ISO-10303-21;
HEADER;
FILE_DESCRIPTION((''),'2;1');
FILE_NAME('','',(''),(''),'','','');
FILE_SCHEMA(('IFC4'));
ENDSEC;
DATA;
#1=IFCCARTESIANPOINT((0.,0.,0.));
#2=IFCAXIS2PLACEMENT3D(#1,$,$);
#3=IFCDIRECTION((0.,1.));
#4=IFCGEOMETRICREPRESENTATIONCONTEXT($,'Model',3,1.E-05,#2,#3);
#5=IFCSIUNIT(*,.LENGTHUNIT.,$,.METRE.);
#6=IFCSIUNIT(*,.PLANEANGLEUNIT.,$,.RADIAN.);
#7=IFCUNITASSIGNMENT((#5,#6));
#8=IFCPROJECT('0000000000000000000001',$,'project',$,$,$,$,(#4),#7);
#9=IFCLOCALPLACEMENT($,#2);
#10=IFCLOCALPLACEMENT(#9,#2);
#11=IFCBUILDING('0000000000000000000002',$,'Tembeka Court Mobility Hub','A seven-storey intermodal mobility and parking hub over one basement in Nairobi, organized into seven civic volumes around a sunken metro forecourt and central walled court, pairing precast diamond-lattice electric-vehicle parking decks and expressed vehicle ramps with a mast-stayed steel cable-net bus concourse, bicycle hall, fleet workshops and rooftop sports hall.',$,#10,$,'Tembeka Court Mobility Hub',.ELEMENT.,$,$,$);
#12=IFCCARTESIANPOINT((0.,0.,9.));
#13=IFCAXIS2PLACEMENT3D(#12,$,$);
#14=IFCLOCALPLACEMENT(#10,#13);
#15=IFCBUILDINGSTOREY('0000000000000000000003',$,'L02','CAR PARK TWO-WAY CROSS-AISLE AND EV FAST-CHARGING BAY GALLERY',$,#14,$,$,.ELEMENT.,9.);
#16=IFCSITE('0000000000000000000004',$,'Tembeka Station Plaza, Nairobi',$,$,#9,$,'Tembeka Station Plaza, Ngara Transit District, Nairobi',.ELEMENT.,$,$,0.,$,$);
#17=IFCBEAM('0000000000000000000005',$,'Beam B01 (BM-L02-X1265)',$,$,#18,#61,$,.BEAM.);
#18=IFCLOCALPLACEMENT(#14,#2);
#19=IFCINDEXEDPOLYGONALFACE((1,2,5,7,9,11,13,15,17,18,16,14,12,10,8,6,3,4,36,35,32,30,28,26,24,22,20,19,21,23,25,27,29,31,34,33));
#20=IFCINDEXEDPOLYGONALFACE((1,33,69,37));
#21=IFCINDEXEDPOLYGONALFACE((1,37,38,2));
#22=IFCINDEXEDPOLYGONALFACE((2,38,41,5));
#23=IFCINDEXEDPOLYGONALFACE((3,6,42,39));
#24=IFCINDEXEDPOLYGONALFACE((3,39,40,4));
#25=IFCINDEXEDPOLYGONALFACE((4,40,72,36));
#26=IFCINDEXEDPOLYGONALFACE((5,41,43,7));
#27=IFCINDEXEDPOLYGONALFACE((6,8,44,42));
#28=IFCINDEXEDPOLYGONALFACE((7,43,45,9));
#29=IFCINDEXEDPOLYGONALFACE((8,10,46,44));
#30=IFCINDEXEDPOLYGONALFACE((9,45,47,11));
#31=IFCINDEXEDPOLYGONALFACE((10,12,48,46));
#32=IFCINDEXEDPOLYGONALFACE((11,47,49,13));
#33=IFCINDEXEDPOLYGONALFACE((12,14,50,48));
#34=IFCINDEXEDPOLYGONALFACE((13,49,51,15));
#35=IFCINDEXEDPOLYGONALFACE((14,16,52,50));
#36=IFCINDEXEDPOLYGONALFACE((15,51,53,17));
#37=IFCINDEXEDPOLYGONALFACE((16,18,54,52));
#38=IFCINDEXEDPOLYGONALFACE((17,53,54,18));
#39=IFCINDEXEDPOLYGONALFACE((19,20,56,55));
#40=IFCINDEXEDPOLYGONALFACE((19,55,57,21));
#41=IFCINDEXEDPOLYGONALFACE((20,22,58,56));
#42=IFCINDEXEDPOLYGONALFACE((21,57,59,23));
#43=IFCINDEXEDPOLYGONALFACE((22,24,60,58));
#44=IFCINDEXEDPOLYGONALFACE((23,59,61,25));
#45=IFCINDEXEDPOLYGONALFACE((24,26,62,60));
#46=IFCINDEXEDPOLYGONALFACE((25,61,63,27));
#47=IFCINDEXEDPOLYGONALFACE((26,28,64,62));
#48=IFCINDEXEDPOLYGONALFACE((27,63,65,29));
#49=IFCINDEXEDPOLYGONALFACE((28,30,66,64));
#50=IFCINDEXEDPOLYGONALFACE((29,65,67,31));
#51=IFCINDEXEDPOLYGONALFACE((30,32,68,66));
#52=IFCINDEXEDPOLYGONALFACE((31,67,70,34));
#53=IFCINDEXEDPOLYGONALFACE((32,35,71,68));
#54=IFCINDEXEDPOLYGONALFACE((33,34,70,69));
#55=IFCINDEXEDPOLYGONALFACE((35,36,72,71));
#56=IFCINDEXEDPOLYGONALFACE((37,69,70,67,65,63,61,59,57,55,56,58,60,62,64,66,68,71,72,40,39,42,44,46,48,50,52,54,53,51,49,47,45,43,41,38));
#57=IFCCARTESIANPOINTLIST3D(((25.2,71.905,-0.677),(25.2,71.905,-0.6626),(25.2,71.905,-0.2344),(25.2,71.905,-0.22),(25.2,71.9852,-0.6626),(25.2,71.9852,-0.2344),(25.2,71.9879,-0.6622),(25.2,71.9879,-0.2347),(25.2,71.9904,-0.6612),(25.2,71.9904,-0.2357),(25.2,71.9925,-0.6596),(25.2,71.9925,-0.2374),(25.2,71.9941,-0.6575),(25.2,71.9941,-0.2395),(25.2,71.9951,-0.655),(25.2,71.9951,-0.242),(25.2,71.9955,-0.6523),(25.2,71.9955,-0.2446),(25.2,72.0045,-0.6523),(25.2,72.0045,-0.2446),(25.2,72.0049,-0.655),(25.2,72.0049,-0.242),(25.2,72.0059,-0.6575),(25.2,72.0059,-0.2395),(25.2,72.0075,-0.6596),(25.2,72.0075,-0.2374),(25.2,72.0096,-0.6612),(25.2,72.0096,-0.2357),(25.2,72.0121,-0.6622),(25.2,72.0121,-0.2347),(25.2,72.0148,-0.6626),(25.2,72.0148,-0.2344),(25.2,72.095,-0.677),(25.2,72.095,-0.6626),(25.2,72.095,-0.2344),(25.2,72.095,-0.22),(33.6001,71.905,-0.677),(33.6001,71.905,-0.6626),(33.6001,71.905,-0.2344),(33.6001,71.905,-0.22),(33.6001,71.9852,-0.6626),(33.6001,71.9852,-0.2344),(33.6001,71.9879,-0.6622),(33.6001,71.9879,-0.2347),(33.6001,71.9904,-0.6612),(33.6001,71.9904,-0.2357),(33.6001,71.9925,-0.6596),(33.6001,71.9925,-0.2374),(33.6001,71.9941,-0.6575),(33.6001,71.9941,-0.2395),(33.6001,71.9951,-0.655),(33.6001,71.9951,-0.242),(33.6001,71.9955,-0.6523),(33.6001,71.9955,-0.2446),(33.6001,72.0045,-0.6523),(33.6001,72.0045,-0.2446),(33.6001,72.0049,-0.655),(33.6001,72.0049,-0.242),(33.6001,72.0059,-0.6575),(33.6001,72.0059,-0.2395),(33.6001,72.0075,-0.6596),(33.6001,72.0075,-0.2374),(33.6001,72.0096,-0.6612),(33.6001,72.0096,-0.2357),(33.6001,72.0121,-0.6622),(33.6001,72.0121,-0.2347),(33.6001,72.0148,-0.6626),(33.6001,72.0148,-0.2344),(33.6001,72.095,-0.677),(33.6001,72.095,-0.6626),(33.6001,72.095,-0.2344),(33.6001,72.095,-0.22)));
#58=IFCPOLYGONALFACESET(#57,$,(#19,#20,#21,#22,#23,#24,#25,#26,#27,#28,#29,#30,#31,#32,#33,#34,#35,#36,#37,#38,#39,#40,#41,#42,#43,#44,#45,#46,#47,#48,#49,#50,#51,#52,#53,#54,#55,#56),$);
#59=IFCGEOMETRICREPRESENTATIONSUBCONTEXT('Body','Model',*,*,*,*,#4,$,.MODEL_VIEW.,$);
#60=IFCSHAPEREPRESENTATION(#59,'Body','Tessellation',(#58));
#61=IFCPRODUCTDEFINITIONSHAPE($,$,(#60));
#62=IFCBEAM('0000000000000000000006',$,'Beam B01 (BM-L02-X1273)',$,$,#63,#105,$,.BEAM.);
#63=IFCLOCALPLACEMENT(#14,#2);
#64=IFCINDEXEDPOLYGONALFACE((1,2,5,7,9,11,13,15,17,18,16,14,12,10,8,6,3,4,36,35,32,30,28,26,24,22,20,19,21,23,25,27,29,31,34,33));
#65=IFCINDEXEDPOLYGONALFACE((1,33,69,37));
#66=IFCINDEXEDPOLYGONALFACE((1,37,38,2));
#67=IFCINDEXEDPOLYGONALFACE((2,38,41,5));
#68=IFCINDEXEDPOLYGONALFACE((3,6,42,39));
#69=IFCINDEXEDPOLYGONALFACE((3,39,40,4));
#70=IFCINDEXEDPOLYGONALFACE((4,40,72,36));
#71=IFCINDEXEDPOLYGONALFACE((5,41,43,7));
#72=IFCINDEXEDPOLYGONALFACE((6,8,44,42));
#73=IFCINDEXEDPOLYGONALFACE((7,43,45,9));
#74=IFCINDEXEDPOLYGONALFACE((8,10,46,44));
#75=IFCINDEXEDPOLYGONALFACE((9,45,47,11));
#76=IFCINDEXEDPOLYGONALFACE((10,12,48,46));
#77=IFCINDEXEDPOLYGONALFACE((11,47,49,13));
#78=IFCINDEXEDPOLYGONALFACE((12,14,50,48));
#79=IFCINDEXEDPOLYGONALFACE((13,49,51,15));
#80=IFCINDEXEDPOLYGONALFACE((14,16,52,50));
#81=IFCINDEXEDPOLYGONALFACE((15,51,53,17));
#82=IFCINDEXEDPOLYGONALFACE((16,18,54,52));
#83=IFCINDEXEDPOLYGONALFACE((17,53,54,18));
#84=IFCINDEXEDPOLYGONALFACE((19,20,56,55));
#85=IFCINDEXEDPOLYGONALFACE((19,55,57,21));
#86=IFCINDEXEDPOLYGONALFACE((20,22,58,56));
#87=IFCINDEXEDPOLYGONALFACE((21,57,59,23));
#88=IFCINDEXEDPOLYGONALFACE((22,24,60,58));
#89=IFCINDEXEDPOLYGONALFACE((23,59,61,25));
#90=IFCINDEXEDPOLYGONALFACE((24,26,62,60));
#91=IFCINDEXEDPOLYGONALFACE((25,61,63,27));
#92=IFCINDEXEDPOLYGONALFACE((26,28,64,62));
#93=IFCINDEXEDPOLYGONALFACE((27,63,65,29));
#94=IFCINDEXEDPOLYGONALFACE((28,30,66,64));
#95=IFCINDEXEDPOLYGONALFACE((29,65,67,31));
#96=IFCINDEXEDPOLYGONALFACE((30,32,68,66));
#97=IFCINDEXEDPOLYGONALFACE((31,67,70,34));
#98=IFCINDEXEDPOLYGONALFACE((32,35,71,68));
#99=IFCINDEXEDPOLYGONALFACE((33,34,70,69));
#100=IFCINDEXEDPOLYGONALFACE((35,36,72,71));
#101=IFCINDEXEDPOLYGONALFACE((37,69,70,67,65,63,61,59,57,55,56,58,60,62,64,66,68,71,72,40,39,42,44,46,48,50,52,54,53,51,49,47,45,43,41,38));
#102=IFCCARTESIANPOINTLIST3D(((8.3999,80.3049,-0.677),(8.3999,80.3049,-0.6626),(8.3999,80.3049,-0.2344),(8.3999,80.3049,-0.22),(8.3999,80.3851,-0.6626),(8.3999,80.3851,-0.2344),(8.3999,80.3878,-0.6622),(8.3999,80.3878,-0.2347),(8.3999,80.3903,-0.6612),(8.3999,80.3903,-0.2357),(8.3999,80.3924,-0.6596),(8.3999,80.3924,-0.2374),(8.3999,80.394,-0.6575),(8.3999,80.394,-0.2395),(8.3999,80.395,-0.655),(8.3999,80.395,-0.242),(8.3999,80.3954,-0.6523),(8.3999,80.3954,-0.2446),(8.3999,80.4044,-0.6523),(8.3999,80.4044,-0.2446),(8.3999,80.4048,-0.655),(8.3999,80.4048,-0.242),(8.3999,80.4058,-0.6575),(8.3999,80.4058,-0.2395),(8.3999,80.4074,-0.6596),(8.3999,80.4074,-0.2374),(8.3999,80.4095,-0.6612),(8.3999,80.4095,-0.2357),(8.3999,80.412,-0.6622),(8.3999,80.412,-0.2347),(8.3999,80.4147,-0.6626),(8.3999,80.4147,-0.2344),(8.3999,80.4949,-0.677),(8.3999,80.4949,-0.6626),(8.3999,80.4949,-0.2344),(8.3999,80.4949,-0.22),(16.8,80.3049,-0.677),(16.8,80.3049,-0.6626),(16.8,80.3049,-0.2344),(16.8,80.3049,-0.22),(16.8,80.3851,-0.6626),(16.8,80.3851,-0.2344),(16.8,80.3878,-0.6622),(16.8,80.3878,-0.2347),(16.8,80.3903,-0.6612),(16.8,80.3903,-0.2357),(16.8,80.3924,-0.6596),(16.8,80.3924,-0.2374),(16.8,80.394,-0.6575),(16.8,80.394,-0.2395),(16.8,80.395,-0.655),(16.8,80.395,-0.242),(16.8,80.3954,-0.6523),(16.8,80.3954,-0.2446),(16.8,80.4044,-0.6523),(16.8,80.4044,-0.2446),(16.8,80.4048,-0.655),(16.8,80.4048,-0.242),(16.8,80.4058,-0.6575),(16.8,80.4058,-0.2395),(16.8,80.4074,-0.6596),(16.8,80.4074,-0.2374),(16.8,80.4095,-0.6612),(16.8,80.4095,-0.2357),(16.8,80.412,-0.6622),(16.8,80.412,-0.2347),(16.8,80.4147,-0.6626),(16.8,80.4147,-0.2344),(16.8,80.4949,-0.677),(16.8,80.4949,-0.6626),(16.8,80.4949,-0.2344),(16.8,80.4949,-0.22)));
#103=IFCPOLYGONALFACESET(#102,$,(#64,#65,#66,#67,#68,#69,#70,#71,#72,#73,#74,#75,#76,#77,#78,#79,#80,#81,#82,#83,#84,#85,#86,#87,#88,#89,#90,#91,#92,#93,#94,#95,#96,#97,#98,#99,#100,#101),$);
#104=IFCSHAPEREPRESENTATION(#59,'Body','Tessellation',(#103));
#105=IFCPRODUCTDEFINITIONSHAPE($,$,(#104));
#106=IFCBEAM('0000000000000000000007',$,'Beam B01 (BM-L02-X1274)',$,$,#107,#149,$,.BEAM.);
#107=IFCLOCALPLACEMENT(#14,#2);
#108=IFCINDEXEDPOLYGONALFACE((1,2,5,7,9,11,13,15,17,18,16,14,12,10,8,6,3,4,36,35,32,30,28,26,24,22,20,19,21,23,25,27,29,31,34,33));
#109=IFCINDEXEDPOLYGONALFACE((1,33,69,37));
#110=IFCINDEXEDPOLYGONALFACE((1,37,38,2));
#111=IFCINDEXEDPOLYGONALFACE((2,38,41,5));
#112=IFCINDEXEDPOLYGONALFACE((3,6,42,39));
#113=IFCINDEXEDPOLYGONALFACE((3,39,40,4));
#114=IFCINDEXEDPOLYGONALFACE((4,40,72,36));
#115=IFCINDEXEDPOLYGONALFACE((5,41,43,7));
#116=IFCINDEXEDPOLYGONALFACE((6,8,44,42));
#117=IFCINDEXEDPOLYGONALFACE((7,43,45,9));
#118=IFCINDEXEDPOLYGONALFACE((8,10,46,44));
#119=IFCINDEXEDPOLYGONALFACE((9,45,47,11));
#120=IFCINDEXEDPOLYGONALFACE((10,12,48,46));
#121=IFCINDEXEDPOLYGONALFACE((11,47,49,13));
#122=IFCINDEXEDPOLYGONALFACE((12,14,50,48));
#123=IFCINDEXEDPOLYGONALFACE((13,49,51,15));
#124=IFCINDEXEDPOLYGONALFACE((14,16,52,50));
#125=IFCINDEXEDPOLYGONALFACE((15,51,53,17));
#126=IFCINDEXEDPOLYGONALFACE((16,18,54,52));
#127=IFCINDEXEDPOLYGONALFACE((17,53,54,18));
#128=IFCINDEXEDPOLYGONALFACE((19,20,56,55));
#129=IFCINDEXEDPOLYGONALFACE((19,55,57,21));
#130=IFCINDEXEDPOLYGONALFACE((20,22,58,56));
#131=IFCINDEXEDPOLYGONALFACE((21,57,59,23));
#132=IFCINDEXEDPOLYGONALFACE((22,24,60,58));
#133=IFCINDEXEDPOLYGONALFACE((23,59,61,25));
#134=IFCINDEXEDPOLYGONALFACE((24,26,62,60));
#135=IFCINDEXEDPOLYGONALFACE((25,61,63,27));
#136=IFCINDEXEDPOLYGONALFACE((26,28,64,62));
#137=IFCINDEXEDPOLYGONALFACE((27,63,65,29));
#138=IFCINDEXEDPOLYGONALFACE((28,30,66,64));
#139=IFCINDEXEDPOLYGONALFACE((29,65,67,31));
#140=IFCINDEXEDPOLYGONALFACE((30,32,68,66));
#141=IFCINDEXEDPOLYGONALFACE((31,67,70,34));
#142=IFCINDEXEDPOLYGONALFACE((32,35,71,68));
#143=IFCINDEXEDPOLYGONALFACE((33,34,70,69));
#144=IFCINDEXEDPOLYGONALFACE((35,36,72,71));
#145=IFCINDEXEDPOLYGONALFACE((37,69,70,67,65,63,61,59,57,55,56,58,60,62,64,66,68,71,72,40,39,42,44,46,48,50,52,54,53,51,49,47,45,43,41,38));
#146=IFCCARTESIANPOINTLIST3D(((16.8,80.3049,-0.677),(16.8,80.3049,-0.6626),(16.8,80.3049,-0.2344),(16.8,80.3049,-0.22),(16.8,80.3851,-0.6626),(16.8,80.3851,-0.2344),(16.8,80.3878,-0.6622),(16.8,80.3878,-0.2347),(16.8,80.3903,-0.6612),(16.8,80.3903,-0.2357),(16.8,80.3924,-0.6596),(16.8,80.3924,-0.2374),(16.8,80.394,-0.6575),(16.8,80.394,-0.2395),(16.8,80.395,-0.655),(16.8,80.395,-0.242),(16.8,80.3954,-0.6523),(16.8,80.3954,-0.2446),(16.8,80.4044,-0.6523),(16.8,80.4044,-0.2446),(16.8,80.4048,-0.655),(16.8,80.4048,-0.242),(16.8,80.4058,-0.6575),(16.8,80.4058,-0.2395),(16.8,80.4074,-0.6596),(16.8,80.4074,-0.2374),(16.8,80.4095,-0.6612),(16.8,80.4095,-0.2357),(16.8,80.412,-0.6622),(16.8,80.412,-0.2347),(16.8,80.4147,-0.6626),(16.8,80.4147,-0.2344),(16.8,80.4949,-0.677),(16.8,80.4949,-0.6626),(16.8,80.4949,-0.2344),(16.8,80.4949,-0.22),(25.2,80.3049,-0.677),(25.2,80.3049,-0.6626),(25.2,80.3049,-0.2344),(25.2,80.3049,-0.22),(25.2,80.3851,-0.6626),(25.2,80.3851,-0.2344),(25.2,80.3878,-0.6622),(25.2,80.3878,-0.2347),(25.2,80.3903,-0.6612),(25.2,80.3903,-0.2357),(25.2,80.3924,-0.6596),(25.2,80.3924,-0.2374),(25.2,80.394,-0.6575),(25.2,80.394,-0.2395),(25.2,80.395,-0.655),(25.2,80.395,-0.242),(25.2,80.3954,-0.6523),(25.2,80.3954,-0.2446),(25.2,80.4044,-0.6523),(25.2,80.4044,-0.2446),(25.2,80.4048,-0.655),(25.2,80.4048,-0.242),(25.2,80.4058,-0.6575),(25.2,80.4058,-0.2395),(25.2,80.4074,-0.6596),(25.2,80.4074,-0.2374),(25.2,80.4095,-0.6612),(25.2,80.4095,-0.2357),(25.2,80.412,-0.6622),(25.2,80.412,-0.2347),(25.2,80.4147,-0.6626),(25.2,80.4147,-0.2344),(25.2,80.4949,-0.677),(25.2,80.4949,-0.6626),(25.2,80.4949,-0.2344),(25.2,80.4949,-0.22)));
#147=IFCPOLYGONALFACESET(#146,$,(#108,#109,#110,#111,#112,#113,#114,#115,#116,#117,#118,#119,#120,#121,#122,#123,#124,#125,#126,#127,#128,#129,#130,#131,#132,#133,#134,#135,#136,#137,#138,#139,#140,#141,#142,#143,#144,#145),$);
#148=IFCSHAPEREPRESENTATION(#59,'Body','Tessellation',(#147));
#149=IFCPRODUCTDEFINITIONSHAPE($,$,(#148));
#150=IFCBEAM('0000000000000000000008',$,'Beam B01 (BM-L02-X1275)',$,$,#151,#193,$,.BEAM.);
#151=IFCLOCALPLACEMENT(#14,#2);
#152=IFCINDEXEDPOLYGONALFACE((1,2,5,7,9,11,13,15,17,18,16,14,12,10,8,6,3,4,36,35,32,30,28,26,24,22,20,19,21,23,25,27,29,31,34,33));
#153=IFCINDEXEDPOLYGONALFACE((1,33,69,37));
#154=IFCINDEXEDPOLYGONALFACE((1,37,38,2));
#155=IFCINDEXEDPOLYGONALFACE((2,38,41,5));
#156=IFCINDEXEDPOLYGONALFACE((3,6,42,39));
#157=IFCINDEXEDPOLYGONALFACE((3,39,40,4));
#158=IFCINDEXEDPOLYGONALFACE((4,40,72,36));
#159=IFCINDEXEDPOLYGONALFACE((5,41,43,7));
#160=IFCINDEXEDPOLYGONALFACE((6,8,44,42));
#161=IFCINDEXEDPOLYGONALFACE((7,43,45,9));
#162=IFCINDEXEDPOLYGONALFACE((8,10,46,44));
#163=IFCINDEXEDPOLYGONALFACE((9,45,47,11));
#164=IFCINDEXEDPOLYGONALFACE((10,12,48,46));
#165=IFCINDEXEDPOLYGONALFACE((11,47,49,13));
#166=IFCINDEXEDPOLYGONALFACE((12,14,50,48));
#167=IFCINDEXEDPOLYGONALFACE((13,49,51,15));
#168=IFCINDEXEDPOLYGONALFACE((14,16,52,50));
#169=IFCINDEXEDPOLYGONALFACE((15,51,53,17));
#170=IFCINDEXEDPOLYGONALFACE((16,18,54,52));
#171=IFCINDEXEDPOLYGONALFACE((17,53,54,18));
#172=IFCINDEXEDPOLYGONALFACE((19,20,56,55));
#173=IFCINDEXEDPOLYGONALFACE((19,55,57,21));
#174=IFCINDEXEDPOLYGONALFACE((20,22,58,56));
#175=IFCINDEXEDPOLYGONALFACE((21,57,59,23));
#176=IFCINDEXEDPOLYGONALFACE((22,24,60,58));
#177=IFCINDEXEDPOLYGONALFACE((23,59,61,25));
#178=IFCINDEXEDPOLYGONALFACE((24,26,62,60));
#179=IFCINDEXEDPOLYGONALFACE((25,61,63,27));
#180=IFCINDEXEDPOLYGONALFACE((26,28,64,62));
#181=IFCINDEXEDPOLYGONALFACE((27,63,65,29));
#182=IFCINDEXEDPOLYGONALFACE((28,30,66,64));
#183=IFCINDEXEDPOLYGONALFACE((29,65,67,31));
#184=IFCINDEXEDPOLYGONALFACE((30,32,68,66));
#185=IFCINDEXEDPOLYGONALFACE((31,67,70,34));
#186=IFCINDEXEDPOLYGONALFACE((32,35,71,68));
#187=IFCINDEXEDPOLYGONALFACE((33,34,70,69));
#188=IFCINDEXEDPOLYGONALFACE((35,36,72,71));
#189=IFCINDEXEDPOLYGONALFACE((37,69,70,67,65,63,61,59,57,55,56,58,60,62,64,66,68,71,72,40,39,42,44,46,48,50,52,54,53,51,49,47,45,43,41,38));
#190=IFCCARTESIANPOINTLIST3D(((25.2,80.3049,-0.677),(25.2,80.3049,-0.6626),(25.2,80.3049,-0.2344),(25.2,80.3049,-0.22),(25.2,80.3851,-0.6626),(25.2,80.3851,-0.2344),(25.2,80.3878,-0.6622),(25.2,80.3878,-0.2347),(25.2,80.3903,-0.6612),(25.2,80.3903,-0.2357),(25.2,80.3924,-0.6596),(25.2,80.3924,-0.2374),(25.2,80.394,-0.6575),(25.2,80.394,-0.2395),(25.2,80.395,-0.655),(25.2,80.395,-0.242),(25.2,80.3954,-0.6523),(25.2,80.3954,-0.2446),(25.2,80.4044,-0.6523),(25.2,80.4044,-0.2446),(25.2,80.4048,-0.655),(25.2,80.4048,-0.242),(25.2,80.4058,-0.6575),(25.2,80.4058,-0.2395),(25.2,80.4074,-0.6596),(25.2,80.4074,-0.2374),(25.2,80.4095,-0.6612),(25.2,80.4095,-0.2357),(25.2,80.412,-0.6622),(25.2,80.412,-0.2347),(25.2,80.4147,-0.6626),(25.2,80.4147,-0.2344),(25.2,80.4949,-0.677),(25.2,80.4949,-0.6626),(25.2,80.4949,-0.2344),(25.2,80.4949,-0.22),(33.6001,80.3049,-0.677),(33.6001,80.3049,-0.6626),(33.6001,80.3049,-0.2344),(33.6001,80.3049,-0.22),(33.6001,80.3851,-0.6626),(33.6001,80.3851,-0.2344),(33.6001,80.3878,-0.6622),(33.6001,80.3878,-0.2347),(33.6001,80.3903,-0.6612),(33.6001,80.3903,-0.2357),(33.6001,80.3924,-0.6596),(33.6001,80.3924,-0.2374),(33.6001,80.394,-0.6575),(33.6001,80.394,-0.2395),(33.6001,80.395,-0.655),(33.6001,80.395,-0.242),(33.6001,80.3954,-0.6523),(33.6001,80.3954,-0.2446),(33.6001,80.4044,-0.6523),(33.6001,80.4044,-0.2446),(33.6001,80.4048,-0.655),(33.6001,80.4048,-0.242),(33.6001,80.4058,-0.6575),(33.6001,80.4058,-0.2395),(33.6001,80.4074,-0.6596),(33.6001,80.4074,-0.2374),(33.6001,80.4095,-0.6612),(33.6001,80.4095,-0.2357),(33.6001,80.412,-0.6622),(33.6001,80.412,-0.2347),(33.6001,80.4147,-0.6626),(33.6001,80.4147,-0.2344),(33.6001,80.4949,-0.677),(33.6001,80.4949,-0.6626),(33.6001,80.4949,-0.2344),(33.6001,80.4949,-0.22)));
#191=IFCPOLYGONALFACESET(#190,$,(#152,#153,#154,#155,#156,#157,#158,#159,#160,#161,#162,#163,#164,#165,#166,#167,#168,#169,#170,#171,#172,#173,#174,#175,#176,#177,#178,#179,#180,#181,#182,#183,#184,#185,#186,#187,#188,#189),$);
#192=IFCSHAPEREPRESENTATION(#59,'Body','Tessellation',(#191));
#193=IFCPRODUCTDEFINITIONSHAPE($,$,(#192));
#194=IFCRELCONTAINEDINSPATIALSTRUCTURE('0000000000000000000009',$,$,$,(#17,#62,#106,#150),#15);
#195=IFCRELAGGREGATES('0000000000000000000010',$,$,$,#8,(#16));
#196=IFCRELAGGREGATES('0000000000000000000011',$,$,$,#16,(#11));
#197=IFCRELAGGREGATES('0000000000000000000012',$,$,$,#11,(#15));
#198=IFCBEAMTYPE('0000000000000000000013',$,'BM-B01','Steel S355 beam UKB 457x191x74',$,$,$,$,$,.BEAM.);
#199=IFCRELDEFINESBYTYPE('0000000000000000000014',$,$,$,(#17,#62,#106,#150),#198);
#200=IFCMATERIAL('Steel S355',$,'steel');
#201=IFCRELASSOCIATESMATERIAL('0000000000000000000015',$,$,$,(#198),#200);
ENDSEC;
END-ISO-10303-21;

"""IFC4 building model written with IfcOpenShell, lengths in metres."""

from ifc_helpers import new_model, si_unit, direction, frame, origin, origin_2d, place, context, subcontext, project, spatial, i_section, extrude, material, material_profile, profile_set, type_object, element, save


model = new_model("IFC4")

# Units and contexts
model_context = context("Model", 3, precision=1e-05, world=origin(), true_north=direction((0.0, 1.0)))
body_context = subcontext(model_context, "Body", "Model", "MODEL_VIEW")
ifc_project = project(units=[si_unit("LENGTHUNIT", "METRE"), si_unit("PLANEANGLEUNIT", "RADIAN")], contexts=[model_context])

# Site, building, storey
site_placement = place(None, origin())
site = spatial("IfcSite", under=ifc_project, at=site_placement, Name="Tembeka Station Plaza, Nairobi", LongName="Tembeka Station Plaza, Ngara Transit District, Nairobi", CompositionType="ELEMENT", RefElevation=0.0)
building_placement = place(site_placement, origin())
building = spatial("IfcBuilding", under=site, at=building_placement, Name="Tembeka Court Mobility Hub", Description="A seven-storey intermodal mobility and parking hub over one basement in Nairobi, organized into seven civic volumes around a sunken metro forecourt and central walled court, pairing precast diamond-lattice electric-vehicle parking decks and expressed vehicle ramps with a mast-stayed steel cable-net bus concourse, bicycle hall, fleet workshops and rooftop sports hall.", LongName="Tembeka Court Mobility Hub", CompositionType="ELEMENT")
storey_placement = place(building_placement, frame((0.0, 0.0, 9.0)))
storey = spatial("IfcBuildingStorey", under=building, at=storey_placement, Name="L02", Description="CAR PARK TWO-WAY CROSS-AISLE AND EV FAST-CHARGING BAY GALLERY", CompositionType="ELEMENT", Elevation=9.0)

# Shared definitions
ifc_material_1 = material(Name="Steel S355", Category="steel")

# Beams
ifc_material_profile_1 = material_profile(ifc_material_1, i_section(OverallWidth=0.1899, OverallDepth=0.457, WebThickness=0.009, FlangeThickness=0.0144, FilletRadius=0.0103, at=origin_2d()), Name="UKB 457x191x74")
ifc_profile_set_1 = profile_set([ifc_material_profile_1], Name="Steel S355")
beam_type_1 = type_object("IfcBeamType", Name="BM-B01", Description="Steel S355 beam UKB 457x191x74", PredefinedType="BEAM", material=ifc_profile_set_1)
for number, where, z_axis, x_axis, name in (
    (1, (25.2, 72.0, -0.4485), (1.0, 0.0, 0.0), (0.0, 1.0, 0.0), "Beam B01 (BM-L02-X1265)"),
    (2, (8.3999, 80.3999, -0.4485), (1.0, 0.0, 0.0), (0.0, 1.0, 0.0), "Beam B01 (BM-L02-X1273)"),
):
    element("IfcBeam", number, at=place(storey_placement, frame(where, z_axis=z_axis, x_axis=x_axis)), inside=storey, type_object=beam_type_1, Name=name, PredefinedType="BEAM", context=body_context, shape_type="SweptSolid", body=[
        extrude(i_section(OverallWidth=0.1899, OverallDepth=0.457, WebThickness=0.009, FlangeThickness=0.0144, FilletRadius=0.0103, at=origin_2d()), origin(), (0.0, 0.0, 1.0), 8.4001),
    ])
beam_1_placement = place(storey_placement, frame((16.8, 80.3999, -0.4485), z_axis=(1.0, 0.0, 0.0), x_axis=(0.0, 1.0, 0.0)))
element("IfcBeam", 3, at=beam_1_placement, inside=storey, type_object=beam_type_1, Name="Beam B01 (BM-L02-X1274)", PredefinedType="BEAM", context=body_context, shape_type="SweptSolid", body=[
    extrude(i_section(OverallWidth=0.1899, OverallDepth=0.457, WebThickness=0.009, FlangeThickness=0.0144, FilletRadius=0.0103, at=origin_2d()), origin(), (0.0, 0.0, 1.0), 8.3999),
])
beam_2_placement = place(storey_placement, frame((25.2, 80.3999, -0.4485), z_axis=(1.0, 0.0, 0.0), x_axis=(0.0, 1.0, 0.0)))
element("IfcBeam", 4, at=beam_2_placement, inside=storey, type_object=beam_type_1, Name="Beam B01 (BM-L02-X1275)", PredefinedType="BEAM", context=body_context, shape_type="SweptSolid", body=[
    extrude(i_section(OverallWidth=0.1899, OverallDepth=0.457, WebThickness=0.009, FlangeThickness=0.0144, FilletRadius=0.0103, at=origin_2d()), origin(), (0.0, 0.0, 1.0), 8.4001),
])

save(model, "model.ifc")
